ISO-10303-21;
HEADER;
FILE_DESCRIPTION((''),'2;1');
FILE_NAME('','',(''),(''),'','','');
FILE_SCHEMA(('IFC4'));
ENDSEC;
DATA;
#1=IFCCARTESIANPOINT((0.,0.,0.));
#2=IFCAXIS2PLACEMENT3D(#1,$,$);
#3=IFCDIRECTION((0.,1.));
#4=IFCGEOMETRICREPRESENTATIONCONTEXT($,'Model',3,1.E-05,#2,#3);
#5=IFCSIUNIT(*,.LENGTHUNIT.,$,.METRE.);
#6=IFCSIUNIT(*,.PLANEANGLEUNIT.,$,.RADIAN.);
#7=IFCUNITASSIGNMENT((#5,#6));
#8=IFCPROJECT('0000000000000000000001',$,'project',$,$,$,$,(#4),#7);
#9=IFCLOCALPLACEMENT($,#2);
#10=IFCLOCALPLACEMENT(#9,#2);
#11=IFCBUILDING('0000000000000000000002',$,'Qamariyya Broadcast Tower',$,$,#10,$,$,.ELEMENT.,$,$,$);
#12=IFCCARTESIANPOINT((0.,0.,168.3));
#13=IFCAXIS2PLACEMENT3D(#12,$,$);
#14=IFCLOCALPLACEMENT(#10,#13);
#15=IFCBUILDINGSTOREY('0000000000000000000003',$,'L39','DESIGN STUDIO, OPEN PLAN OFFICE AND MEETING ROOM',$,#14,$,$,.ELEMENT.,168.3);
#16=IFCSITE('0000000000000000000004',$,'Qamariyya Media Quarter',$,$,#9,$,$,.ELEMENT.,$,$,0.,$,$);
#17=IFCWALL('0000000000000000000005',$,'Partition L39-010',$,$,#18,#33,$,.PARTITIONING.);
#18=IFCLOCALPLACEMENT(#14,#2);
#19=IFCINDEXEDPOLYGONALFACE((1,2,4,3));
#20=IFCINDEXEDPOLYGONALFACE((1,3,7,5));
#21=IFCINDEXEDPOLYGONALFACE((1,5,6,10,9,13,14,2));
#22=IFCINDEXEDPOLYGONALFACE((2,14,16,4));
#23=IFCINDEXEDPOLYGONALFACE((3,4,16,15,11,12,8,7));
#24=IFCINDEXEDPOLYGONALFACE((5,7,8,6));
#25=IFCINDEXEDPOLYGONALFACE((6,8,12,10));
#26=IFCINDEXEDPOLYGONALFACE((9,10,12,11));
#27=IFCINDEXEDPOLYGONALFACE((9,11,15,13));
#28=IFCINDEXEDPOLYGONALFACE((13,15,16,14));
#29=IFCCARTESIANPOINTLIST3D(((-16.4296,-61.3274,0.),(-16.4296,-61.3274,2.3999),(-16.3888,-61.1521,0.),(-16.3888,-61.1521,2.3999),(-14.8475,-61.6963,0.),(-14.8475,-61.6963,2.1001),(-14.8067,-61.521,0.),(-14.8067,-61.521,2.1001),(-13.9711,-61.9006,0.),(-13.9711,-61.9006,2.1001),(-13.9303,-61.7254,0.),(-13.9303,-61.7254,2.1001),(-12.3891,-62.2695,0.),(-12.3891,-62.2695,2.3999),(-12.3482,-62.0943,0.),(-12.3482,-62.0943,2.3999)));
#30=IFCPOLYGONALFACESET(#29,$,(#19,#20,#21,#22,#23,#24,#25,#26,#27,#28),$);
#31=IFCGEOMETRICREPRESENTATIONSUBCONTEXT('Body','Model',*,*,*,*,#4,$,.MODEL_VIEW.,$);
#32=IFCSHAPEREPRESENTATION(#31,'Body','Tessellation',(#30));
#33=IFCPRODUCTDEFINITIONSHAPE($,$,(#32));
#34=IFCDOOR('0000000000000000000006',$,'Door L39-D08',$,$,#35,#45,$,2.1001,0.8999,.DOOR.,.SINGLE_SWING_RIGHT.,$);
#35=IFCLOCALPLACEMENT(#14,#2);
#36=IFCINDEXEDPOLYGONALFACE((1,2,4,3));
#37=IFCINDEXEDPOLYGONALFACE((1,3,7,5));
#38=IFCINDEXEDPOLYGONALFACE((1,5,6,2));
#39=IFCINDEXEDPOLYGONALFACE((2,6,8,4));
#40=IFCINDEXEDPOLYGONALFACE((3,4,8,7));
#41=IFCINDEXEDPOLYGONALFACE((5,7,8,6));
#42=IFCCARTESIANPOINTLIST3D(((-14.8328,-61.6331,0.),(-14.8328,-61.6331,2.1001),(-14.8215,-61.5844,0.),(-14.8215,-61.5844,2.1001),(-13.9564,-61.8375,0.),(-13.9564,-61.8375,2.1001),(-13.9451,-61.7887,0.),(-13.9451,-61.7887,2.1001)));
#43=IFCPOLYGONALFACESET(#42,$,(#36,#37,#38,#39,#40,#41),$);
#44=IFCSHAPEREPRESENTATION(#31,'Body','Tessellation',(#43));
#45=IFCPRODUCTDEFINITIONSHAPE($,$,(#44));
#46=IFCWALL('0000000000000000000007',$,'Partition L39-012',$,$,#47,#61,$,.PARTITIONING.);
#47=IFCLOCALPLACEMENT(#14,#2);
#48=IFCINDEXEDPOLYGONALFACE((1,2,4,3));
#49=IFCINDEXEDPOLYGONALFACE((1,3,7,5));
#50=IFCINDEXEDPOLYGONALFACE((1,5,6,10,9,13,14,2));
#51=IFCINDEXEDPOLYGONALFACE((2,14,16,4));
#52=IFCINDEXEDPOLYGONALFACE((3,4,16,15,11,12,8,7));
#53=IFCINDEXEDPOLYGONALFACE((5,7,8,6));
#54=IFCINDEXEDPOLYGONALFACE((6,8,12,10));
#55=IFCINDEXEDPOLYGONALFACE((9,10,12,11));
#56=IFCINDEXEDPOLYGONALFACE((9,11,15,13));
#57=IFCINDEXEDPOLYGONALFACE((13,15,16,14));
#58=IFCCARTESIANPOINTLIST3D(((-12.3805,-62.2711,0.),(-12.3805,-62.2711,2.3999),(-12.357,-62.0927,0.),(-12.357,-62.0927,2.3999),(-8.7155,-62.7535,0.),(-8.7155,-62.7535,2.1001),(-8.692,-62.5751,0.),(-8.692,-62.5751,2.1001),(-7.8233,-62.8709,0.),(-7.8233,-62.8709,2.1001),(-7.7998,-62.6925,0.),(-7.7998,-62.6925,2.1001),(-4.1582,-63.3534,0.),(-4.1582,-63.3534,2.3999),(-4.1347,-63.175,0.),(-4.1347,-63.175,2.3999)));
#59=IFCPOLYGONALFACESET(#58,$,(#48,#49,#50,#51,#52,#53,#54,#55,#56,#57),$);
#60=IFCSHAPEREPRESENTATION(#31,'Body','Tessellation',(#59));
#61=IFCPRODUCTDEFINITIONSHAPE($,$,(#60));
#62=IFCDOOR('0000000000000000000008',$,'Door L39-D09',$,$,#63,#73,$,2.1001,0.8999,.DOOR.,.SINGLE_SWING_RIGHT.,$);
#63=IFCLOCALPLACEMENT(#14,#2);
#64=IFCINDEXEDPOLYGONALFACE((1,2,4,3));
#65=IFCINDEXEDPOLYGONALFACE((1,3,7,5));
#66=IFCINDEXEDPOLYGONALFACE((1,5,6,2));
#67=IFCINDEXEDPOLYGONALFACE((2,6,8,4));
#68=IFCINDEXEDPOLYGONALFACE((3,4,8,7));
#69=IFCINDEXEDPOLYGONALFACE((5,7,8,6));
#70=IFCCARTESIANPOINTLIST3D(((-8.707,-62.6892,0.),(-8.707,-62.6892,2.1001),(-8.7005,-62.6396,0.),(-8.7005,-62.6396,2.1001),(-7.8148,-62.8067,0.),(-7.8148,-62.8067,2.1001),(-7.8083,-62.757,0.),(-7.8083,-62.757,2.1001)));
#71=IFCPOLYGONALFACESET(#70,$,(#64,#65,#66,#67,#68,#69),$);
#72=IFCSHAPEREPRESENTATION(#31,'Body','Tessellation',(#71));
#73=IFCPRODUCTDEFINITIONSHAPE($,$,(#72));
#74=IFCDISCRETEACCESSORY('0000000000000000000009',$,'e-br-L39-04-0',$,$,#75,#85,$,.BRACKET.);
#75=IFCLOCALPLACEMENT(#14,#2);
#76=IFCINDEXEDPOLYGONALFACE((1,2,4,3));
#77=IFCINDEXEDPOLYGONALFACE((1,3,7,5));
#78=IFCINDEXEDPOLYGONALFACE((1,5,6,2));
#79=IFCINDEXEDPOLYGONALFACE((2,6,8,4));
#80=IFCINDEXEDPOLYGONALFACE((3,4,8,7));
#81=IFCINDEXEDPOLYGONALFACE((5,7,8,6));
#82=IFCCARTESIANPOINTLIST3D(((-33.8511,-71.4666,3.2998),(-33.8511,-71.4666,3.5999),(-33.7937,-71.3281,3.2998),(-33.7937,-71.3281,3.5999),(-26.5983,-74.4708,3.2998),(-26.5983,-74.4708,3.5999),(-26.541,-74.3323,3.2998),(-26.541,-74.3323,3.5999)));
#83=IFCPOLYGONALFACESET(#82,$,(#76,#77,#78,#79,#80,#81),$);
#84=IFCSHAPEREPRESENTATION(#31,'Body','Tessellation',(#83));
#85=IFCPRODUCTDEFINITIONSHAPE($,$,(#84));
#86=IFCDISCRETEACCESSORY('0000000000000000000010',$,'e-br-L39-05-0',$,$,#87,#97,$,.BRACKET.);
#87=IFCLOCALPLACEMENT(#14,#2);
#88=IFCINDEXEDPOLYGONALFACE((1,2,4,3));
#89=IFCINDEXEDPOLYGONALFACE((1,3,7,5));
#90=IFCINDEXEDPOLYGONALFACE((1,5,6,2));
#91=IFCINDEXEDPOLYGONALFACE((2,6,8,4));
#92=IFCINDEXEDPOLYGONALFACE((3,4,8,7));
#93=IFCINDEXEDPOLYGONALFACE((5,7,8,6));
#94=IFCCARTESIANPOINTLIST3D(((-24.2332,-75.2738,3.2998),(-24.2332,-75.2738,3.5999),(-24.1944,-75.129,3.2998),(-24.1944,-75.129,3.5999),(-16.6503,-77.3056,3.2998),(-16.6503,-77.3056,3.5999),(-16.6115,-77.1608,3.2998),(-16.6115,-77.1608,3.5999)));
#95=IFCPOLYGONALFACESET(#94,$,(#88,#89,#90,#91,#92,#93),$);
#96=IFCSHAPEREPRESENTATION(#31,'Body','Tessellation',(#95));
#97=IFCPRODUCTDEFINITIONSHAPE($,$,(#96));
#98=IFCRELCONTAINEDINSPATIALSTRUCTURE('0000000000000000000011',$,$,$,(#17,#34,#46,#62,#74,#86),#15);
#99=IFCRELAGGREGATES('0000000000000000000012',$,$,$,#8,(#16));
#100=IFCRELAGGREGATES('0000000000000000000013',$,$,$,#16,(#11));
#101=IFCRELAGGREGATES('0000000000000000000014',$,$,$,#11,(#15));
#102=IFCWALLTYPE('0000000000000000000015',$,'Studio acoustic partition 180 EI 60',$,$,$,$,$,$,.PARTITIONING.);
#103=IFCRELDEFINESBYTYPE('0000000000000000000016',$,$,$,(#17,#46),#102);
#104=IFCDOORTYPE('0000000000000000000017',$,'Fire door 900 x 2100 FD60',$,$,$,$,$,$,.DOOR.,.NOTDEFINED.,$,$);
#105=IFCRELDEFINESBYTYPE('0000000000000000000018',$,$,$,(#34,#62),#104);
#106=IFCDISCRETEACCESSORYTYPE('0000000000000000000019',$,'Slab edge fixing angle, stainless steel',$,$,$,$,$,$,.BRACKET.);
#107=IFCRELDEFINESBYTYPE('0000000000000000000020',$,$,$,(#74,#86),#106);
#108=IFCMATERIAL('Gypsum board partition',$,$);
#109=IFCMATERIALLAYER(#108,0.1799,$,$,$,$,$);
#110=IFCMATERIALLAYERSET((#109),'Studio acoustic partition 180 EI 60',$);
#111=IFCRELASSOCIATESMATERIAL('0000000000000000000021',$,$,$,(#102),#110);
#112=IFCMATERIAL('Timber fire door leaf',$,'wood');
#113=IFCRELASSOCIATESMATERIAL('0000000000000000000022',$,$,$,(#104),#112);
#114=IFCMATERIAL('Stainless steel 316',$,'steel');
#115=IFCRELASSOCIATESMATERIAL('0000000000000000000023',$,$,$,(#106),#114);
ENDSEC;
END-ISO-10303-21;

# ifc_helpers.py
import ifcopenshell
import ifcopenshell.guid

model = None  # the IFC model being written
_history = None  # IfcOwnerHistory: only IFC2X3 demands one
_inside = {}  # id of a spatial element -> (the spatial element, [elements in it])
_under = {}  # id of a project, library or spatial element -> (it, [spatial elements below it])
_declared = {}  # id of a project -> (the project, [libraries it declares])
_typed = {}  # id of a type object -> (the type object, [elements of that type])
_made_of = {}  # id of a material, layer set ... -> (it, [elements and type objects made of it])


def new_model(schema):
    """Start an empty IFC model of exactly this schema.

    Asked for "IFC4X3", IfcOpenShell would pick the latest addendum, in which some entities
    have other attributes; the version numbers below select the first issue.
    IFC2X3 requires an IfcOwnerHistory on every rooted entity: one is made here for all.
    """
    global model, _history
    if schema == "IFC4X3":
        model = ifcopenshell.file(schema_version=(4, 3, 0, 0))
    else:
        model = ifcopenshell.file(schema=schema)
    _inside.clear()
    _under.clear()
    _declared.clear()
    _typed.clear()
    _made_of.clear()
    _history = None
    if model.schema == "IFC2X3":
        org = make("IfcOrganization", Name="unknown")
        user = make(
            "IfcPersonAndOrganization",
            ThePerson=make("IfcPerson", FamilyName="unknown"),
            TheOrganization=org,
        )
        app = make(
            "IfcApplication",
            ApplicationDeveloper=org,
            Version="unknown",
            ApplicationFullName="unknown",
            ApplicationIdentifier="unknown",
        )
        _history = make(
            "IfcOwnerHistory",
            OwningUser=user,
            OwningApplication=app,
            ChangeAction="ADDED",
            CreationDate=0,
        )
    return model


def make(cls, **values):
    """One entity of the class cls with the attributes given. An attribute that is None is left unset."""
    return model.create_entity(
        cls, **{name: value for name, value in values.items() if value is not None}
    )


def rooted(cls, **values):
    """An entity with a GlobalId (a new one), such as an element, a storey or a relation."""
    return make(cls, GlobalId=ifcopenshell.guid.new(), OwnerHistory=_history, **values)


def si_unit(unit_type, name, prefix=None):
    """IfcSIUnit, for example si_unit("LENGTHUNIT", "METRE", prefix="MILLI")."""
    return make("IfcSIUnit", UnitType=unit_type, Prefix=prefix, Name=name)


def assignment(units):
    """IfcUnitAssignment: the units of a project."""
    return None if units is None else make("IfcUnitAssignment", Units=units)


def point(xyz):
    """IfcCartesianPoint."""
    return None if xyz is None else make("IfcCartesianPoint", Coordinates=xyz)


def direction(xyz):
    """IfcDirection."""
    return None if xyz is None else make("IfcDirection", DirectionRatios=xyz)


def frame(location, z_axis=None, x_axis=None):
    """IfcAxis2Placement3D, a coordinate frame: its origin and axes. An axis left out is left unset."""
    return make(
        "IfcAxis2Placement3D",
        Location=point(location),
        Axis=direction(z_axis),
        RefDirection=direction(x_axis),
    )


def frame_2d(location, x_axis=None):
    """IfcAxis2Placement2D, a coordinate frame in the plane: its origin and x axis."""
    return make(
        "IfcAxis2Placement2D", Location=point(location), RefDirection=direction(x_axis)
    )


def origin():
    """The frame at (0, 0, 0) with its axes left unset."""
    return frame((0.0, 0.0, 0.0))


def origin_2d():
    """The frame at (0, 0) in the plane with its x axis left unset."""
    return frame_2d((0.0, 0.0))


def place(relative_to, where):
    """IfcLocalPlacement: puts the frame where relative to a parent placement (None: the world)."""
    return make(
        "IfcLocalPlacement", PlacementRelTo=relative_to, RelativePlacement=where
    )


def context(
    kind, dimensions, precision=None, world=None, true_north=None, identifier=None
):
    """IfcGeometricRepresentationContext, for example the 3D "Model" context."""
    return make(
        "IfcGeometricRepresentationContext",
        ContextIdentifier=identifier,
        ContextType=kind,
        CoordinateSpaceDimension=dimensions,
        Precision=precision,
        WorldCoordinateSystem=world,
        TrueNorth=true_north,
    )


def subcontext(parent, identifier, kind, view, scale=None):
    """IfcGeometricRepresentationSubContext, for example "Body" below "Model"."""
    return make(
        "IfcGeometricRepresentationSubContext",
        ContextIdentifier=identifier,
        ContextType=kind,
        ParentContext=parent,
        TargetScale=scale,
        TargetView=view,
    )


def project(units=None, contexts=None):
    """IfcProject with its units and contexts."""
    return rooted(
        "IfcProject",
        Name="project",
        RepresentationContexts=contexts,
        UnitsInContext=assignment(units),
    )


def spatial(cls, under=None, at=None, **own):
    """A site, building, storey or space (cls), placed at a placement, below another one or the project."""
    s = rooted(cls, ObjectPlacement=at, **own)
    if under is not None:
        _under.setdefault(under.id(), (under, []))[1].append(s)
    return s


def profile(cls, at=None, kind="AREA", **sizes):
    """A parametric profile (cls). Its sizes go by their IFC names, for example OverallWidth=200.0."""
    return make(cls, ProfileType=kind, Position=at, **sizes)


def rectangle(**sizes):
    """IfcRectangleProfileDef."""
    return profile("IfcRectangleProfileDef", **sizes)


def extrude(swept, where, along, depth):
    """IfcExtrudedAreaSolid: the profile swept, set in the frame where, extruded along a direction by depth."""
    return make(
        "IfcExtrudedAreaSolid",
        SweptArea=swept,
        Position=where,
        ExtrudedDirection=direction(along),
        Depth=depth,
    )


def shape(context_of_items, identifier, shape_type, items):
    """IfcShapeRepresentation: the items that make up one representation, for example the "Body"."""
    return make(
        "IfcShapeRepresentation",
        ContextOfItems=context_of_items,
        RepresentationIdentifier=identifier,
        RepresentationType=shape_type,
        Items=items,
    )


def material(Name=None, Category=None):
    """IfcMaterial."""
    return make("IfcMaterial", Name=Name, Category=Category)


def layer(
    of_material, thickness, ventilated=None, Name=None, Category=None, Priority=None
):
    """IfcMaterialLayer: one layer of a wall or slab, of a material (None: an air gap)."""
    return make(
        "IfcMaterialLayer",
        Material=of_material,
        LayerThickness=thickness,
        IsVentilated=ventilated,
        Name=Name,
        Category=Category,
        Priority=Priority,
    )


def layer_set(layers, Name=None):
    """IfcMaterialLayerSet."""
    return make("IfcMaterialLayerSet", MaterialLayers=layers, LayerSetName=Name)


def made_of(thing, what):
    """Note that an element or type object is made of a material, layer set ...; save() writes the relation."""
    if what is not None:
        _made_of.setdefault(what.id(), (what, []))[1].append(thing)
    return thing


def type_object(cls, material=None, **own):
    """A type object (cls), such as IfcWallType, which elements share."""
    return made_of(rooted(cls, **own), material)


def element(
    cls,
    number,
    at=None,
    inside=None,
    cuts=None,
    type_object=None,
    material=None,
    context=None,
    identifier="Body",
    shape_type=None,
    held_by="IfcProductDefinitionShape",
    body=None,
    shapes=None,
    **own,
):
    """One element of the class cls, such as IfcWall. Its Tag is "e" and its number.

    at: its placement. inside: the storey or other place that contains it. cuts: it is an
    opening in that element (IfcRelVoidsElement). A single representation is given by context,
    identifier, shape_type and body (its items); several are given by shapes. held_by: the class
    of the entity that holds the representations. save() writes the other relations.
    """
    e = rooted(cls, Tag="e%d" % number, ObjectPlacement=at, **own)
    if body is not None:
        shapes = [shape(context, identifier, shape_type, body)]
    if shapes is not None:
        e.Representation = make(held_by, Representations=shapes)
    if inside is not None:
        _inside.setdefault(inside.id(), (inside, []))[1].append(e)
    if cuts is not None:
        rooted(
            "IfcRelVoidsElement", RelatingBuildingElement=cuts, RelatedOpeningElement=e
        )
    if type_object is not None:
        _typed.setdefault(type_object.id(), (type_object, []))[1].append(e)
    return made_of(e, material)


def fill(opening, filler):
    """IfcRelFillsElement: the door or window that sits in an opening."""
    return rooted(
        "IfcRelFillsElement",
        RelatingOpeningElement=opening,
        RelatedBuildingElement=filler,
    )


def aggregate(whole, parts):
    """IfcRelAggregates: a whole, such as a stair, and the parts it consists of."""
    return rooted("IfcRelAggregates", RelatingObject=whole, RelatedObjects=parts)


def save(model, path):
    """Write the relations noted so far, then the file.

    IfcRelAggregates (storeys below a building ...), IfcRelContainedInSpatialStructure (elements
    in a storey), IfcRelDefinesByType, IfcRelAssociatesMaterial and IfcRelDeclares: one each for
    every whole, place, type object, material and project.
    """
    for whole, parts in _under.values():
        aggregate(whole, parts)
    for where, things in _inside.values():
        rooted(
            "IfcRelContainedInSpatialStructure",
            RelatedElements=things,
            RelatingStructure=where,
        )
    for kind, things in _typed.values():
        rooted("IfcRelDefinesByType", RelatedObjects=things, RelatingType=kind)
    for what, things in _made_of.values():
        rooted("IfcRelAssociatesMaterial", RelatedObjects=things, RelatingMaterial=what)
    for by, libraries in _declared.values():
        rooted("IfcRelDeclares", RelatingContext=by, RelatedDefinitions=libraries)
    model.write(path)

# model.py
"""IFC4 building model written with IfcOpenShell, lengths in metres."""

from ifc_helpers import new_model, si_unit, direction, frame, frame_2d, origin, origin_2d, place, context, subcontext, project, spatial, rectangle, extrude, material, layer, layer_set, type_object, element, fill, save


model = new_model("IFC4")

# Units and contexts
model_context = context("Model", 3, precision=1e-05, world=origin(), true_north=direction((0.0, 1.0)))
body_context = subcontext(model_context, "Body", "Model", "MODEL_VIEW")
ifc_project = project(units=[si_unit("LENGTHUNIT", "METRE"), si_unit("PLANEANGLEUNIT", "RADIAN")], contexts=[model_context])

# Site, building, storey
site_placement = place(None, origin())
site = spatial("IfcSite", under=ifc_project, at=site_placement, Name="Qamariyya Media Quarter", CompositionType="ELEMENT", RefElevation=0.0)
building_placement = place(site_placement, origin())
building = spatial("IfcBuilding", under=site, at=building_placement, Name="Qamariyya Broadcast Tower", CompositionType="ELEMENT")
storey_placement = place(building_placement, frame((0.0, 0.0, 168.3)))
storey = spatial("IfcBuildingStorey", under=building, at=storey_placement, Name="L39", Description="DESIGN STUDIO, OPEN PLAN OFFICE AND MEETING ROOM", CompositionType="ELEMENT", Elevation=168.3)

# Shared definitions
ifc_material_1 = material(Name="Gypsum board partition")
ifc_material_2 = material(Name="Timber fire door leaf", Category="wood")

# Shared definitions
ifc_layer_1 = layer(ifc_material_1, 0.1799)
ifc_layer_set_1 = layer_set([ifc_layer_1], Name="Studio acoustic partition 180 EI 60")
wall_type_1 = type_object("IfcWallType", Name="Studio acoustic partition 180 EI 60", PredefinedType="PARTITIONING", material=ifc_layer_set_1)

# Walls, openings, doors
door_type_1 = type_object("IfcDoorType", Name="Fire door 900 x 2100 FD60", OperationType="NOTDEFINED", PredefinedType="DOOR", material=ifc_material_2)
wall_1_placement = place(storey_placement, frame((-16.4092, -61.2397, 0.0), z_axis=(0.0, 0.0, 1.0), x_axis=(0.973876, -0.227081, 0.0)))
wall_1 = element("IfcWall", 1, at=wall_1_placement, inside=storey, type_object=wall_type_1, Name="Partition L39-010", PredefinedType="PARTITIONING", context=body_context, shape_type="SweptSolid", body=[
    extrude(rectangle(XDim=4.1489, YDim=0.1799, at=frame_2d((2.0745, 0.0))), origin(), (0.0, 0.0, 1.0), 2.3999),
])
opening_1_placement = place(wall_1_placement, frame((1.6245, 0.0, 0.0)))
opening_1 = element("IfcOpeningElement", 2, at=opening_1_placement, cuts=wall_1, PredefinedType="OPENING", context=body_context, shape_type="SweptSolid", body=[
    extrude(rectangle(XDim=0.8999, YDim=2.1001, at=frame_2d((0.45, 1.05))), frame((0.0, 0.0999, 0.0), z_axis=(0.0, -1.0, 0.0), x_axis=(1.0, 0.0, 0.0)), (0.0, 0.0, 1.0), 0.2),
])
door_1_placement = place(opening_1_placement, origin())
door_1 = element("IfcDoor", 3, at=door_1_placement, inside=storey, type_object=door_type_1, Name="Door L39-D08", OperationType="SINGLE_SWING_RIGHT", OverallHeight=2.1001, OverallWidth=0.8999, PredefinedType="DOOR", context=body_context, shape_type="SweptSolid", body=[
    extrude(rectangle(XDim=0.8999, YDim=2.1001, at=frame_2d((0.45, 1.05))), frame((0.0, 0.0249, 0.0), z_axis=(0.0, -1.0, 0.0), x_axis=(1.0, 0.0, 0.0)), (0.0, 0.0, 1.0), 0.05),
])
fill(opening_1, door_1)
wall_2_placement = place(storey_placement, frame((-12.3687, -62.1819, 0.0), z_axis=(0.0, 0.0, 1.0), x_axis=(0.991448, -0.130503, 0.0)))
wall_2 = element("IfcWall", 4, at=wall_2_placement, inside=storey, type_object=wall_type_1, Name="Partition L39-012", PredefinedType="PARTITIONING", context=body_context, shape_type="SweptSolid", body=[
    extrude(rectangle(XDim=8.2932, YDim=0.1799, at=frame_2d((4.1465, 0.0))), origin(), (0.0, 0.0, 1.0), 2.3999),
])
opening_2_placement = place(wall_2_placement, frame((3.6965, 0.0, 0.0)))
opening_2 = element("IfcOpeningElement", 5, at=opening_2_placement, cuts=wall_2, PredefinedType="OPENING", context=body_context, shape_type="SweptSolid", body=[
    extrude(rectangle(XDim=0.8999, YDim=2.1001, at=frame_2d((0.45, 1.05))), frame((0.0, 0.0999, 0.0), z_axis=(0.0, -1.0, 0.0), x_axis=(1.0, 0.0, 0.0)), (0.0, 0.0, 1.0), 0.2),
])
door_2_placement = place(opening_2_placement, origin())
door_2 = element("IfcDoor", 6, at=door_2_placement, inside=storey, type_object=door_type_1, Name="Door L39-D09", OperationType="SINGLE_SWING_RIGHT", OverallHeight=2.1001, OverallWidth=0.8999, PredefinedType="DOOR", context=body_context, shape_type="SweptSolid", body=[
    extrude(rectangle(XDim=0.8999, YDim=2.1001, at=frame_2d((0.45, 1.05))), frame((0.0, 0.0249, 0.0), z_axis=(0.0, -1.0, 0.0), x_axis=(1.0, 0.0, 0.0)), (0.0, 0.0, 1.0), 0.05),
])
fill(opening_2, door_2)

# Discrete accessories
ifc_material_3 = material(Name="Stainless steel 316", Category="steel")
discrete_accessory_type = type_object("IfcDiscreteAccessoryType", Name="Slab edge fixing angle, stainless steel", PredefinedType="BRACKET", material=ifc_material_3)
for number, where, z_axis, x_axis, name in (
    (7, (-30.196, -72.8994, 3.2998), (0.0, 0.0, 1.0), (0.92388, -0.382683, 0.0), "e-br-L39-04-0"),
    (8, (-20.4224, -76.2173, 3.2998), (0.0, 0.0, 1.0), (0.965926, -0.258819, 0.0), "e-br-L39-05-0"),
):
    element("IfcDiscreteAccessory", number, at=place(storey_placement, frame(where, z_axis=z_axis, x_axis=x_axis)), inside=storey, type_object=discrete_accessory_type, Name=name, PredefinedType="BRACKET", context=body_context, shape_type="SweptSolid", body=[
        extrude(rectangle(XDim=7.8503, YDim=0.1499, at=origin_2d()), origin(), (0.0, 0.0, 1.0), 0.3),
    ])

save(model, "model.ifc")
